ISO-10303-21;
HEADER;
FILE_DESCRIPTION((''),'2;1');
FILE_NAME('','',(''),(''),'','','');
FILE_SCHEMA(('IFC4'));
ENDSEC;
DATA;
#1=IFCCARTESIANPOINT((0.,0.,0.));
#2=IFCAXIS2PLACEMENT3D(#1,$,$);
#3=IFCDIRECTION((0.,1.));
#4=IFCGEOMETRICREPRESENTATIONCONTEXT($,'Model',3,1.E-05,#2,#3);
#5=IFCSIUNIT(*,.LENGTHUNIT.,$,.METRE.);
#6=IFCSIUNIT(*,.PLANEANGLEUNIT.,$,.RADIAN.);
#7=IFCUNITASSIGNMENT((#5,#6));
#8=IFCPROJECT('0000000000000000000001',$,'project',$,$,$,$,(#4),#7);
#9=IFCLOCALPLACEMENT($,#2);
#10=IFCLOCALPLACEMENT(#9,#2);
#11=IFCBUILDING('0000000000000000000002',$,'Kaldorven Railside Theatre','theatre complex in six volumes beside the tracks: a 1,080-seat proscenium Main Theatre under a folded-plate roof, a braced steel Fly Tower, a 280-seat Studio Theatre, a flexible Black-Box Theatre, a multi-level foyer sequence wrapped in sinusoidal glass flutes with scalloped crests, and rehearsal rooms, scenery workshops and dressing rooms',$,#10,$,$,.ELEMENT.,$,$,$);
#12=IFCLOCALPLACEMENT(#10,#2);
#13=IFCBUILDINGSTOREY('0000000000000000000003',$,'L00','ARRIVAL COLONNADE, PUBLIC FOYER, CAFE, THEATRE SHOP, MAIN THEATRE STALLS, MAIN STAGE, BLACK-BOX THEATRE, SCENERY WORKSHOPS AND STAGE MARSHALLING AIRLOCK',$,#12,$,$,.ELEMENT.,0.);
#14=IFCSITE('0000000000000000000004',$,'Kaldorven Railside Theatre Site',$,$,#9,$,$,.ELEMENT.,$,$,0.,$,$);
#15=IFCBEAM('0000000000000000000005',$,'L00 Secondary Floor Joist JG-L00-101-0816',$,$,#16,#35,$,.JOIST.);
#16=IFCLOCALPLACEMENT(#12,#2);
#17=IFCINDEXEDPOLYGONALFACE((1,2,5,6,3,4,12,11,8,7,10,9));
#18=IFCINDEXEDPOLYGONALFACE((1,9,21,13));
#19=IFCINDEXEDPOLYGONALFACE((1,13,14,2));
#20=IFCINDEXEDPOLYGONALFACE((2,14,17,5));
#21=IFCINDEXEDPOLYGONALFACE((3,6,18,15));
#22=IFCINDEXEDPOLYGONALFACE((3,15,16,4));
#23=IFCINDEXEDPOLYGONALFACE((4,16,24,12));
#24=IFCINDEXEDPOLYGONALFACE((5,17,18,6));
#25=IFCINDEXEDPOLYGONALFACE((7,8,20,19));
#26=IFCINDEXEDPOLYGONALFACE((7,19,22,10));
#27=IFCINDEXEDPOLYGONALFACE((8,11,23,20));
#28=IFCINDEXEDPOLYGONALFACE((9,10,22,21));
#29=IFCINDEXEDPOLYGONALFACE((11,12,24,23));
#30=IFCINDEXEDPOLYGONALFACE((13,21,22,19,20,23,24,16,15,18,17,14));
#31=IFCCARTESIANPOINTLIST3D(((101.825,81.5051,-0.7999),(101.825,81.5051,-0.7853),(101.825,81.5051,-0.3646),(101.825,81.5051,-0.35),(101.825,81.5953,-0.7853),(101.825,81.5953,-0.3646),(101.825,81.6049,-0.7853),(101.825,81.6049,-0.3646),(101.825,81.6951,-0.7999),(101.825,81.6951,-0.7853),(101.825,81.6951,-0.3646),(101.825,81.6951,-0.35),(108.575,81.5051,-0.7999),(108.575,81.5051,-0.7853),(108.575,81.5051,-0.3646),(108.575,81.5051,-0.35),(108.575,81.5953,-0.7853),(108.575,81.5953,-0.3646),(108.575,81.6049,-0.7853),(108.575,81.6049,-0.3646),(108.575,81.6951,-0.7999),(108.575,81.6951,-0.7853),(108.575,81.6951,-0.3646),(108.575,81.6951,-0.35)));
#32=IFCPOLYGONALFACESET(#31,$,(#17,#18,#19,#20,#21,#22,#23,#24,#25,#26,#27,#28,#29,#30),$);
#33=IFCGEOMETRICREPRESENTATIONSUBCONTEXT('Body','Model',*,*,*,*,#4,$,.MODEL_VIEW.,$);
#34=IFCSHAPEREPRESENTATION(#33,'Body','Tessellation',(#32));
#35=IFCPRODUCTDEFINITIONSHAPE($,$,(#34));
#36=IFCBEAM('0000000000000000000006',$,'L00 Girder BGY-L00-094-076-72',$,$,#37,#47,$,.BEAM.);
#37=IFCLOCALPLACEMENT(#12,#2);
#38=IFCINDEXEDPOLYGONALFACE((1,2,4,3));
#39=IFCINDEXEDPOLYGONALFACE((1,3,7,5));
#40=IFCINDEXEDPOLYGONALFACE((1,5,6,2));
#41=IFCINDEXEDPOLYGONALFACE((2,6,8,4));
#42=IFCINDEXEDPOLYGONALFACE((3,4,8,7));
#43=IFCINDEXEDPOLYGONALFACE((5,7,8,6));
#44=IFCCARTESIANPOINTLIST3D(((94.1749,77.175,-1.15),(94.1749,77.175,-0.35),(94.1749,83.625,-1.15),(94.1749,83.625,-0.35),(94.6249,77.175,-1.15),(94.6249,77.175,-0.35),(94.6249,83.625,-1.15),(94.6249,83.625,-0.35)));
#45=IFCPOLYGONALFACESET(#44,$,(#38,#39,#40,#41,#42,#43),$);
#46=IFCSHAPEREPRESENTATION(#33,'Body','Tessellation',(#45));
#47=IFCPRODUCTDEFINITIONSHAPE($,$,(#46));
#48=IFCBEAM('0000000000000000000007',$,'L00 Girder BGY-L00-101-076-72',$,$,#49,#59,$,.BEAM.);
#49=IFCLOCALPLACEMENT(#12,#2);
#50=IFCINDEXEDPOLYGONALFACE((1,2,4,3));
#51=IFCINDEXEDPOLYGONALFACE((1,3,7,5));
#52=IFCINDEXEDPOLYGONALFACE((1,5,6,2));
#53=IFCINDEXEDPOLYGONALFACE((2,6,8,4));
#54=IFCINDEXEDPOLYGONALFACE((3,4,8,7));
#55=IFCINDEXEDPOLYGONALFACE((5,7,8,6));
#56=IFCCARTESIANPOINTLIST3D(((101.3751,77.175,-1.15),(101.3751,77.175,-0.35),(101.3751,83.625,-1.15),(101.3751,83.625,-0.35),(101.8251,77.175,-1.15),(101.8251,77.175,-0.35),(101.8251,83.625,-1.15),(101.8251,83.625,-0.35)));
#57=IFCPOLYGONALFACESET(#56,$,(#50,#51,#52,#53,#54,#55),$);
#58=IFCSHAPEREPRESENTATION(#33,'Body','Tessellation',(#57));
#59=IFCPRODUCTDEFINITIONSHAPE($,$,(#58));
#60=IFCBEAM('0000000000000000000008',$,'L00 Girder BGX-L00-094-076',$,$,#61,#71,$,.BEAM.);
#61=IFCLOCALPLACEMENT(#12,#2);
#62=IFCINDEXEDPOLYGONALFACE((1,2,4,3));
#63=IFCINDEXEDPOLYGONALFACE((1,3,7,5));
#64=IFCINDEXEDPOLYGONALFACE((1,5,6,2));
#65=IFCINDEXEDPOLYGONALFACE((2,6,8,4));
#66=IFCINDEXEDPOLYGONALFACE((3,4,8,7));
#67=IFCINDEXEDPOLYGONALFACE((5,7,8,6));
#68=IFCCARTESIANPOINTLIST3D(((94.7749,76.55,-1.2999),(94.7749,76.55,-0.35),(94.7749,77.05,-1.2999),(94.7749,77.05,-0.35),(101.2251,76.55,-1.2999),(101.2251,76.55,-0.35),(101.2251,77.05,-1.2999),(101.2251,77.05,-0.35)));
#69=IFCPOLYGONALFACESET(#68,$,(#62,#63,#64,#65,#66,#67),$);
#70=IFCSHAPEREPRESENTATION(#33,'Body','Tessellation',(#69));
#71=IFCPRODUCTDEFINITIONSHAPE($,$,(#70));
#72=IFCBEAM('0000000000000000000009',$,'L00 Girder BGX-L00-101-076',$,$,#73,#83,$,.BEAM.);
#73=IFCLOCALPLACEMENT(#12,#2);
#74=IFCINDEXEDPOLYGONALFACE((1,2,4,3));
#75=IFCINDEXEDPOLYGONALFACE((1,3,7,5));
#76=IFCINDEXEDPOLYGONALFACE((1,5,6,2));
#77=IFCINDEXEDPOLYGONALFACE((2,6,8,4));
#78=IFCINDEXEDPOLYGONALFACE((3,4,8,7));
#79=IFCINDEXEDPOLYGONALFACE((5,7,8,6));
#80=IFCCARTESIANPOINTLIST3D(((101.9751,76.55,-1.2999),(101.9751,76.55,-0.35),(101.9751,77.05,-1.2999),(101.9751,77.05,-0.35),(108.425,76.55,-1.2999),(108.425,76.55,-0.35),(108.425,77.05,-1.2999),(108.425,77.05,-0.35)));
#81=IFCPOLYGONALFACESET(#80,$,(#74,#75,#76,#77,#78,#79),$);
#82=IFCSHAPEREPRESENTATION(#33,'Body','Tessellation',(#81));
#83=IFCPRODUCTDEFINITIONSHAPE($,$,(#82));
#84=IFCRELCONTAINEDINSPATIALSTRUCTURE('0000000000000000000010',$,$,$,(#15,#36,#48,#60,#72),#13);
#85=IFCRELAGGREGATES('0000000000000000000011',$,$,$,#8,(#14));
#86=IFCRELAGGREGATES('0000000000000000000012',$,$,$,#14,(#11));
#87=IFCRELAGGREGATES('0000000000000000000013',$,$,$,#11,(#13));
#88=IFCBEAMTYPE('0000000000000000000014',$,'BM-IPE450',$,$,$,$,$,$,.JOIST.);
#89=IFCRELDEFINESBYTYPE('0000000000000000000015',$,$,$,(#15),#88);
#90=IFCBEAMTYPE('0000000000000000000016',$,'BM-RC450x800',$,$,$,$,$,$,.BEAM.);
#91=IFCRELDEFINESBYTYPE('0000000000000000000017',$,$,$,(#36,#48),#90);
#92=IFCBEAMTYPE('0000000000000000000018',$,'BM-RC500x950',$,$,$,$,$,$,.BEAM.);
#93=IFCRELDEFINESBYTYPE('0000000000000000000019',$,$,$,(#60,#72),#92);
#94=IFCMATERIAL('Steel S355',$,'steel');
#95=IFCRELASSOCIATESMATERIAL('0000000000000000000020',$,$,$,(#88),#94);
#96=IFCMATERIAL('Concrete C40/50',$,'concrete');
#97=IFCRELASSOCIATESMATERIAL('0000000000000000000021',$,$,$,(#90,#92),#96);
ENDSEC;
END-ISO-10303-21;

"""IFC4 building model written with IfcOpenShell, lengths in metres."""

from ifc_helpers import new_model, si_unit, direction, frame, origin, origin_2d, place, context, subcontext, project, spatial, rectangle, i_section, extrude, material, material_profile, profile_set, type_object, element, save


model = new_model("IFC4")

# Units and contexts
model_context = context("Model", 3, precision=1e-05, world=origin(), true_north=direction((0.0, 1.0)))
body_context = subcontext(model_context, "Body", "Model", "MODEL_VIEW")
ifc_project = project(units=[si_unit("LENGTHUNIT", "METRE"), si_unit("PLANEANGLEUNIT", "RADIAN")], contexts=[model_context])

# Site, building, storey
site_placement = place(None, origin())
site = spatial("IfcSite", under=ifc_project, at=site_placement, Name="Kaldorven Railside Theatre Site", CompositionType="ELEMENT", RefElevation=0.0)
building_placement = place(site_placement, origin())
building = spatial("IfcBuilding", under=site, at=building_placement, Name="Kaldorven Railside Theatre", Description="theatre complex in six volumes beside the tracks: a 1,080-seat proscenium Main Theatre under a folded-plate roof, a braced steel Fly Tower, a 280-seat Studio Theatre, a flexible Black-Box Theatre, a multi-level foyer sequence wrapped in sinusoidal glass flutes with scalloped crests, and rehearsal rooms, scenery workshops and dressing rooms", CompositionType="ELEMENT")
storey_placement = place(building_placement, origin())
storey = spatial("IfcBuildingStorey", under=building, at=storey_placement, Name="L00", Description="ARRIVAL COLONNADE, PUBLIC FOYER, CAFE, THEATRE SHOP, MAIN THEATRE STALLS, MAIN STAGE, BLACK-BOX THEATRE, SCENERY WORKSHOPS AND STAGE MARSHALLING AIRLOCK", CompositionType="ELEMENT", Elevation=0.0)

# Shared definitions
ifc_material_1 = material(Name="Steel S355", Category="steel")

# Beams
ifc_material_profile_1 = material_profile(ifc_material_1, i_section(OverallWidth=0.1899, OverallDepth=0.45, WebThickness=0.0095, FlangeThickness=0.0146, at=origin_2d()), Name="IPE 450")
ifc_profile_set_1 = profile_set([ifc_material_profile_1], Name="Steel S355")
beam_type_1 = type_object("IfcBeamType", Name="BM-IPE450", PredefinedType="JOIST", material=ifc_profile_set_1)
for number, where, z_axis, x_axis, name in (
    (1, (101.825, 81.6001, -0.575), (1.0, 0.0, 0.0), (0.0, 1.0, 0.0), "L00 Secondary Floor Joist JG-L00-101-0816"),
):
    element("IfcBeam", number, at=place(storey_placement, frame(where, z_axis=z_axis, x_axis=x_axis)), inside=storey, type_object=beam_type_1, Name=name, PredefinedType="JOIST", context=body_context, shape_type="SweptSolid", body=[
        extrude(i_section(OverallWidth=0.1899, OverallDepth=0.45, WebThickness=0.0095, FlangeThickness=0.0146, at=origin_2d()), origin(), (0.0, 0.0, 1.0), 6.75),
    ])
ifc_material_2 = material(Name="Concrete C40/50", Category="concrete")
ifc_material_profile_2 = material_profile(ifc_material_2, rectangle(XDim=0.45, YDim=0.8, at=origin_2d()), Name="RC 450x800")
ifc_profile_set_2 = profile_set([ifc_material_profile_2], Name="Concrete C40/50")
beam_type_2 = type_object("IfcBeamType", Name="BM-RC450x800", PredefinedType="BEAM", material=ifc_profile_set_2)
for number, where, z_axis, x_axis, name in (
    (2, (94.3999, 77.175, -0.75), (0.0, 1.0, 0.0), (-1.0, 0.0, 0.0), "L00 Girder BGY-L00-094-076-72"),
    (3, (101.6001, 77.175, -0.75), (0.0, 1.0, 0.0), (-1.0, 0.0, 0.0), "L00 Girder BGY-L00-101-076-72"),
):
    element("IfcBeam", number, at=place(storey_placement, frame(where, z_axis=z_axis, x_axis=x_axis)), inside=storey, type_object=beam_type_2, Name=name, PredefinedType="BEAM", context=body_context, shape_type="SweptSolid", body=[
        extrude(rectangle(XDim=0.45, YDim=0.8, at=origin_2d()), origin(), (0.0, 0.0, 1.0), 6.45),
    ])
ifc_material_profile_3 = material_profile(ifc_material_2, rectangle(XDim=0.5, YDim=0.95, at=origin_2d()), Name="RC 500x950")
ifc_profile_set_3 = profile_set([ifc_material_profile_3], Name="Concrete C40/50")
beam_type_3 = type_object("IfcBeamType", Name="BM-RC500x950", PredefinedType="BEAM", material=ifc_profile_set_3)
beam_1_placement = place(storey_placement, frame((94.7749, 76.8, -0.825), z_axis=(1.0, 0.0, 0.0), x_axis=(0.0, 1.0, 0.0)))
element("IfcBeam", 4, at=beam_1_placement, inside=storey, type_object=beam_type_3, Name="L00 Girder BGX-L00-094-076", PredefinedType="BEAM", context=body_context, shape_type="SweptSolid", body=[
    extrude(rectangle(XDim=0.5, YDim=0.95, at=origin_2d()), origin(), (0.0, 0.0, 1.0), 6.4502),
])
beam_2_placement = place(storey_placement, frame((101.9751, 76.8, -0.825), z_axis=(1.0, 0.0, 0.0), x_axis=(0.0, 1.0, 0.0)))
element("IfcBeam", 5, at=beam_2_placement, inside=storey, type_object=beam_type_3, Name="L00 Girder BGX-L00-101-076", PredefinedType="BEAM", context=body_context, shape_type="SweptSolid", body=[
    extrude(rectangle(XDim=0.5, YDim=0.95, at=origin_2d()), origin(), (0.0, 0.0, 1.0), 6.45),
])

save(model, "model.ifc")
